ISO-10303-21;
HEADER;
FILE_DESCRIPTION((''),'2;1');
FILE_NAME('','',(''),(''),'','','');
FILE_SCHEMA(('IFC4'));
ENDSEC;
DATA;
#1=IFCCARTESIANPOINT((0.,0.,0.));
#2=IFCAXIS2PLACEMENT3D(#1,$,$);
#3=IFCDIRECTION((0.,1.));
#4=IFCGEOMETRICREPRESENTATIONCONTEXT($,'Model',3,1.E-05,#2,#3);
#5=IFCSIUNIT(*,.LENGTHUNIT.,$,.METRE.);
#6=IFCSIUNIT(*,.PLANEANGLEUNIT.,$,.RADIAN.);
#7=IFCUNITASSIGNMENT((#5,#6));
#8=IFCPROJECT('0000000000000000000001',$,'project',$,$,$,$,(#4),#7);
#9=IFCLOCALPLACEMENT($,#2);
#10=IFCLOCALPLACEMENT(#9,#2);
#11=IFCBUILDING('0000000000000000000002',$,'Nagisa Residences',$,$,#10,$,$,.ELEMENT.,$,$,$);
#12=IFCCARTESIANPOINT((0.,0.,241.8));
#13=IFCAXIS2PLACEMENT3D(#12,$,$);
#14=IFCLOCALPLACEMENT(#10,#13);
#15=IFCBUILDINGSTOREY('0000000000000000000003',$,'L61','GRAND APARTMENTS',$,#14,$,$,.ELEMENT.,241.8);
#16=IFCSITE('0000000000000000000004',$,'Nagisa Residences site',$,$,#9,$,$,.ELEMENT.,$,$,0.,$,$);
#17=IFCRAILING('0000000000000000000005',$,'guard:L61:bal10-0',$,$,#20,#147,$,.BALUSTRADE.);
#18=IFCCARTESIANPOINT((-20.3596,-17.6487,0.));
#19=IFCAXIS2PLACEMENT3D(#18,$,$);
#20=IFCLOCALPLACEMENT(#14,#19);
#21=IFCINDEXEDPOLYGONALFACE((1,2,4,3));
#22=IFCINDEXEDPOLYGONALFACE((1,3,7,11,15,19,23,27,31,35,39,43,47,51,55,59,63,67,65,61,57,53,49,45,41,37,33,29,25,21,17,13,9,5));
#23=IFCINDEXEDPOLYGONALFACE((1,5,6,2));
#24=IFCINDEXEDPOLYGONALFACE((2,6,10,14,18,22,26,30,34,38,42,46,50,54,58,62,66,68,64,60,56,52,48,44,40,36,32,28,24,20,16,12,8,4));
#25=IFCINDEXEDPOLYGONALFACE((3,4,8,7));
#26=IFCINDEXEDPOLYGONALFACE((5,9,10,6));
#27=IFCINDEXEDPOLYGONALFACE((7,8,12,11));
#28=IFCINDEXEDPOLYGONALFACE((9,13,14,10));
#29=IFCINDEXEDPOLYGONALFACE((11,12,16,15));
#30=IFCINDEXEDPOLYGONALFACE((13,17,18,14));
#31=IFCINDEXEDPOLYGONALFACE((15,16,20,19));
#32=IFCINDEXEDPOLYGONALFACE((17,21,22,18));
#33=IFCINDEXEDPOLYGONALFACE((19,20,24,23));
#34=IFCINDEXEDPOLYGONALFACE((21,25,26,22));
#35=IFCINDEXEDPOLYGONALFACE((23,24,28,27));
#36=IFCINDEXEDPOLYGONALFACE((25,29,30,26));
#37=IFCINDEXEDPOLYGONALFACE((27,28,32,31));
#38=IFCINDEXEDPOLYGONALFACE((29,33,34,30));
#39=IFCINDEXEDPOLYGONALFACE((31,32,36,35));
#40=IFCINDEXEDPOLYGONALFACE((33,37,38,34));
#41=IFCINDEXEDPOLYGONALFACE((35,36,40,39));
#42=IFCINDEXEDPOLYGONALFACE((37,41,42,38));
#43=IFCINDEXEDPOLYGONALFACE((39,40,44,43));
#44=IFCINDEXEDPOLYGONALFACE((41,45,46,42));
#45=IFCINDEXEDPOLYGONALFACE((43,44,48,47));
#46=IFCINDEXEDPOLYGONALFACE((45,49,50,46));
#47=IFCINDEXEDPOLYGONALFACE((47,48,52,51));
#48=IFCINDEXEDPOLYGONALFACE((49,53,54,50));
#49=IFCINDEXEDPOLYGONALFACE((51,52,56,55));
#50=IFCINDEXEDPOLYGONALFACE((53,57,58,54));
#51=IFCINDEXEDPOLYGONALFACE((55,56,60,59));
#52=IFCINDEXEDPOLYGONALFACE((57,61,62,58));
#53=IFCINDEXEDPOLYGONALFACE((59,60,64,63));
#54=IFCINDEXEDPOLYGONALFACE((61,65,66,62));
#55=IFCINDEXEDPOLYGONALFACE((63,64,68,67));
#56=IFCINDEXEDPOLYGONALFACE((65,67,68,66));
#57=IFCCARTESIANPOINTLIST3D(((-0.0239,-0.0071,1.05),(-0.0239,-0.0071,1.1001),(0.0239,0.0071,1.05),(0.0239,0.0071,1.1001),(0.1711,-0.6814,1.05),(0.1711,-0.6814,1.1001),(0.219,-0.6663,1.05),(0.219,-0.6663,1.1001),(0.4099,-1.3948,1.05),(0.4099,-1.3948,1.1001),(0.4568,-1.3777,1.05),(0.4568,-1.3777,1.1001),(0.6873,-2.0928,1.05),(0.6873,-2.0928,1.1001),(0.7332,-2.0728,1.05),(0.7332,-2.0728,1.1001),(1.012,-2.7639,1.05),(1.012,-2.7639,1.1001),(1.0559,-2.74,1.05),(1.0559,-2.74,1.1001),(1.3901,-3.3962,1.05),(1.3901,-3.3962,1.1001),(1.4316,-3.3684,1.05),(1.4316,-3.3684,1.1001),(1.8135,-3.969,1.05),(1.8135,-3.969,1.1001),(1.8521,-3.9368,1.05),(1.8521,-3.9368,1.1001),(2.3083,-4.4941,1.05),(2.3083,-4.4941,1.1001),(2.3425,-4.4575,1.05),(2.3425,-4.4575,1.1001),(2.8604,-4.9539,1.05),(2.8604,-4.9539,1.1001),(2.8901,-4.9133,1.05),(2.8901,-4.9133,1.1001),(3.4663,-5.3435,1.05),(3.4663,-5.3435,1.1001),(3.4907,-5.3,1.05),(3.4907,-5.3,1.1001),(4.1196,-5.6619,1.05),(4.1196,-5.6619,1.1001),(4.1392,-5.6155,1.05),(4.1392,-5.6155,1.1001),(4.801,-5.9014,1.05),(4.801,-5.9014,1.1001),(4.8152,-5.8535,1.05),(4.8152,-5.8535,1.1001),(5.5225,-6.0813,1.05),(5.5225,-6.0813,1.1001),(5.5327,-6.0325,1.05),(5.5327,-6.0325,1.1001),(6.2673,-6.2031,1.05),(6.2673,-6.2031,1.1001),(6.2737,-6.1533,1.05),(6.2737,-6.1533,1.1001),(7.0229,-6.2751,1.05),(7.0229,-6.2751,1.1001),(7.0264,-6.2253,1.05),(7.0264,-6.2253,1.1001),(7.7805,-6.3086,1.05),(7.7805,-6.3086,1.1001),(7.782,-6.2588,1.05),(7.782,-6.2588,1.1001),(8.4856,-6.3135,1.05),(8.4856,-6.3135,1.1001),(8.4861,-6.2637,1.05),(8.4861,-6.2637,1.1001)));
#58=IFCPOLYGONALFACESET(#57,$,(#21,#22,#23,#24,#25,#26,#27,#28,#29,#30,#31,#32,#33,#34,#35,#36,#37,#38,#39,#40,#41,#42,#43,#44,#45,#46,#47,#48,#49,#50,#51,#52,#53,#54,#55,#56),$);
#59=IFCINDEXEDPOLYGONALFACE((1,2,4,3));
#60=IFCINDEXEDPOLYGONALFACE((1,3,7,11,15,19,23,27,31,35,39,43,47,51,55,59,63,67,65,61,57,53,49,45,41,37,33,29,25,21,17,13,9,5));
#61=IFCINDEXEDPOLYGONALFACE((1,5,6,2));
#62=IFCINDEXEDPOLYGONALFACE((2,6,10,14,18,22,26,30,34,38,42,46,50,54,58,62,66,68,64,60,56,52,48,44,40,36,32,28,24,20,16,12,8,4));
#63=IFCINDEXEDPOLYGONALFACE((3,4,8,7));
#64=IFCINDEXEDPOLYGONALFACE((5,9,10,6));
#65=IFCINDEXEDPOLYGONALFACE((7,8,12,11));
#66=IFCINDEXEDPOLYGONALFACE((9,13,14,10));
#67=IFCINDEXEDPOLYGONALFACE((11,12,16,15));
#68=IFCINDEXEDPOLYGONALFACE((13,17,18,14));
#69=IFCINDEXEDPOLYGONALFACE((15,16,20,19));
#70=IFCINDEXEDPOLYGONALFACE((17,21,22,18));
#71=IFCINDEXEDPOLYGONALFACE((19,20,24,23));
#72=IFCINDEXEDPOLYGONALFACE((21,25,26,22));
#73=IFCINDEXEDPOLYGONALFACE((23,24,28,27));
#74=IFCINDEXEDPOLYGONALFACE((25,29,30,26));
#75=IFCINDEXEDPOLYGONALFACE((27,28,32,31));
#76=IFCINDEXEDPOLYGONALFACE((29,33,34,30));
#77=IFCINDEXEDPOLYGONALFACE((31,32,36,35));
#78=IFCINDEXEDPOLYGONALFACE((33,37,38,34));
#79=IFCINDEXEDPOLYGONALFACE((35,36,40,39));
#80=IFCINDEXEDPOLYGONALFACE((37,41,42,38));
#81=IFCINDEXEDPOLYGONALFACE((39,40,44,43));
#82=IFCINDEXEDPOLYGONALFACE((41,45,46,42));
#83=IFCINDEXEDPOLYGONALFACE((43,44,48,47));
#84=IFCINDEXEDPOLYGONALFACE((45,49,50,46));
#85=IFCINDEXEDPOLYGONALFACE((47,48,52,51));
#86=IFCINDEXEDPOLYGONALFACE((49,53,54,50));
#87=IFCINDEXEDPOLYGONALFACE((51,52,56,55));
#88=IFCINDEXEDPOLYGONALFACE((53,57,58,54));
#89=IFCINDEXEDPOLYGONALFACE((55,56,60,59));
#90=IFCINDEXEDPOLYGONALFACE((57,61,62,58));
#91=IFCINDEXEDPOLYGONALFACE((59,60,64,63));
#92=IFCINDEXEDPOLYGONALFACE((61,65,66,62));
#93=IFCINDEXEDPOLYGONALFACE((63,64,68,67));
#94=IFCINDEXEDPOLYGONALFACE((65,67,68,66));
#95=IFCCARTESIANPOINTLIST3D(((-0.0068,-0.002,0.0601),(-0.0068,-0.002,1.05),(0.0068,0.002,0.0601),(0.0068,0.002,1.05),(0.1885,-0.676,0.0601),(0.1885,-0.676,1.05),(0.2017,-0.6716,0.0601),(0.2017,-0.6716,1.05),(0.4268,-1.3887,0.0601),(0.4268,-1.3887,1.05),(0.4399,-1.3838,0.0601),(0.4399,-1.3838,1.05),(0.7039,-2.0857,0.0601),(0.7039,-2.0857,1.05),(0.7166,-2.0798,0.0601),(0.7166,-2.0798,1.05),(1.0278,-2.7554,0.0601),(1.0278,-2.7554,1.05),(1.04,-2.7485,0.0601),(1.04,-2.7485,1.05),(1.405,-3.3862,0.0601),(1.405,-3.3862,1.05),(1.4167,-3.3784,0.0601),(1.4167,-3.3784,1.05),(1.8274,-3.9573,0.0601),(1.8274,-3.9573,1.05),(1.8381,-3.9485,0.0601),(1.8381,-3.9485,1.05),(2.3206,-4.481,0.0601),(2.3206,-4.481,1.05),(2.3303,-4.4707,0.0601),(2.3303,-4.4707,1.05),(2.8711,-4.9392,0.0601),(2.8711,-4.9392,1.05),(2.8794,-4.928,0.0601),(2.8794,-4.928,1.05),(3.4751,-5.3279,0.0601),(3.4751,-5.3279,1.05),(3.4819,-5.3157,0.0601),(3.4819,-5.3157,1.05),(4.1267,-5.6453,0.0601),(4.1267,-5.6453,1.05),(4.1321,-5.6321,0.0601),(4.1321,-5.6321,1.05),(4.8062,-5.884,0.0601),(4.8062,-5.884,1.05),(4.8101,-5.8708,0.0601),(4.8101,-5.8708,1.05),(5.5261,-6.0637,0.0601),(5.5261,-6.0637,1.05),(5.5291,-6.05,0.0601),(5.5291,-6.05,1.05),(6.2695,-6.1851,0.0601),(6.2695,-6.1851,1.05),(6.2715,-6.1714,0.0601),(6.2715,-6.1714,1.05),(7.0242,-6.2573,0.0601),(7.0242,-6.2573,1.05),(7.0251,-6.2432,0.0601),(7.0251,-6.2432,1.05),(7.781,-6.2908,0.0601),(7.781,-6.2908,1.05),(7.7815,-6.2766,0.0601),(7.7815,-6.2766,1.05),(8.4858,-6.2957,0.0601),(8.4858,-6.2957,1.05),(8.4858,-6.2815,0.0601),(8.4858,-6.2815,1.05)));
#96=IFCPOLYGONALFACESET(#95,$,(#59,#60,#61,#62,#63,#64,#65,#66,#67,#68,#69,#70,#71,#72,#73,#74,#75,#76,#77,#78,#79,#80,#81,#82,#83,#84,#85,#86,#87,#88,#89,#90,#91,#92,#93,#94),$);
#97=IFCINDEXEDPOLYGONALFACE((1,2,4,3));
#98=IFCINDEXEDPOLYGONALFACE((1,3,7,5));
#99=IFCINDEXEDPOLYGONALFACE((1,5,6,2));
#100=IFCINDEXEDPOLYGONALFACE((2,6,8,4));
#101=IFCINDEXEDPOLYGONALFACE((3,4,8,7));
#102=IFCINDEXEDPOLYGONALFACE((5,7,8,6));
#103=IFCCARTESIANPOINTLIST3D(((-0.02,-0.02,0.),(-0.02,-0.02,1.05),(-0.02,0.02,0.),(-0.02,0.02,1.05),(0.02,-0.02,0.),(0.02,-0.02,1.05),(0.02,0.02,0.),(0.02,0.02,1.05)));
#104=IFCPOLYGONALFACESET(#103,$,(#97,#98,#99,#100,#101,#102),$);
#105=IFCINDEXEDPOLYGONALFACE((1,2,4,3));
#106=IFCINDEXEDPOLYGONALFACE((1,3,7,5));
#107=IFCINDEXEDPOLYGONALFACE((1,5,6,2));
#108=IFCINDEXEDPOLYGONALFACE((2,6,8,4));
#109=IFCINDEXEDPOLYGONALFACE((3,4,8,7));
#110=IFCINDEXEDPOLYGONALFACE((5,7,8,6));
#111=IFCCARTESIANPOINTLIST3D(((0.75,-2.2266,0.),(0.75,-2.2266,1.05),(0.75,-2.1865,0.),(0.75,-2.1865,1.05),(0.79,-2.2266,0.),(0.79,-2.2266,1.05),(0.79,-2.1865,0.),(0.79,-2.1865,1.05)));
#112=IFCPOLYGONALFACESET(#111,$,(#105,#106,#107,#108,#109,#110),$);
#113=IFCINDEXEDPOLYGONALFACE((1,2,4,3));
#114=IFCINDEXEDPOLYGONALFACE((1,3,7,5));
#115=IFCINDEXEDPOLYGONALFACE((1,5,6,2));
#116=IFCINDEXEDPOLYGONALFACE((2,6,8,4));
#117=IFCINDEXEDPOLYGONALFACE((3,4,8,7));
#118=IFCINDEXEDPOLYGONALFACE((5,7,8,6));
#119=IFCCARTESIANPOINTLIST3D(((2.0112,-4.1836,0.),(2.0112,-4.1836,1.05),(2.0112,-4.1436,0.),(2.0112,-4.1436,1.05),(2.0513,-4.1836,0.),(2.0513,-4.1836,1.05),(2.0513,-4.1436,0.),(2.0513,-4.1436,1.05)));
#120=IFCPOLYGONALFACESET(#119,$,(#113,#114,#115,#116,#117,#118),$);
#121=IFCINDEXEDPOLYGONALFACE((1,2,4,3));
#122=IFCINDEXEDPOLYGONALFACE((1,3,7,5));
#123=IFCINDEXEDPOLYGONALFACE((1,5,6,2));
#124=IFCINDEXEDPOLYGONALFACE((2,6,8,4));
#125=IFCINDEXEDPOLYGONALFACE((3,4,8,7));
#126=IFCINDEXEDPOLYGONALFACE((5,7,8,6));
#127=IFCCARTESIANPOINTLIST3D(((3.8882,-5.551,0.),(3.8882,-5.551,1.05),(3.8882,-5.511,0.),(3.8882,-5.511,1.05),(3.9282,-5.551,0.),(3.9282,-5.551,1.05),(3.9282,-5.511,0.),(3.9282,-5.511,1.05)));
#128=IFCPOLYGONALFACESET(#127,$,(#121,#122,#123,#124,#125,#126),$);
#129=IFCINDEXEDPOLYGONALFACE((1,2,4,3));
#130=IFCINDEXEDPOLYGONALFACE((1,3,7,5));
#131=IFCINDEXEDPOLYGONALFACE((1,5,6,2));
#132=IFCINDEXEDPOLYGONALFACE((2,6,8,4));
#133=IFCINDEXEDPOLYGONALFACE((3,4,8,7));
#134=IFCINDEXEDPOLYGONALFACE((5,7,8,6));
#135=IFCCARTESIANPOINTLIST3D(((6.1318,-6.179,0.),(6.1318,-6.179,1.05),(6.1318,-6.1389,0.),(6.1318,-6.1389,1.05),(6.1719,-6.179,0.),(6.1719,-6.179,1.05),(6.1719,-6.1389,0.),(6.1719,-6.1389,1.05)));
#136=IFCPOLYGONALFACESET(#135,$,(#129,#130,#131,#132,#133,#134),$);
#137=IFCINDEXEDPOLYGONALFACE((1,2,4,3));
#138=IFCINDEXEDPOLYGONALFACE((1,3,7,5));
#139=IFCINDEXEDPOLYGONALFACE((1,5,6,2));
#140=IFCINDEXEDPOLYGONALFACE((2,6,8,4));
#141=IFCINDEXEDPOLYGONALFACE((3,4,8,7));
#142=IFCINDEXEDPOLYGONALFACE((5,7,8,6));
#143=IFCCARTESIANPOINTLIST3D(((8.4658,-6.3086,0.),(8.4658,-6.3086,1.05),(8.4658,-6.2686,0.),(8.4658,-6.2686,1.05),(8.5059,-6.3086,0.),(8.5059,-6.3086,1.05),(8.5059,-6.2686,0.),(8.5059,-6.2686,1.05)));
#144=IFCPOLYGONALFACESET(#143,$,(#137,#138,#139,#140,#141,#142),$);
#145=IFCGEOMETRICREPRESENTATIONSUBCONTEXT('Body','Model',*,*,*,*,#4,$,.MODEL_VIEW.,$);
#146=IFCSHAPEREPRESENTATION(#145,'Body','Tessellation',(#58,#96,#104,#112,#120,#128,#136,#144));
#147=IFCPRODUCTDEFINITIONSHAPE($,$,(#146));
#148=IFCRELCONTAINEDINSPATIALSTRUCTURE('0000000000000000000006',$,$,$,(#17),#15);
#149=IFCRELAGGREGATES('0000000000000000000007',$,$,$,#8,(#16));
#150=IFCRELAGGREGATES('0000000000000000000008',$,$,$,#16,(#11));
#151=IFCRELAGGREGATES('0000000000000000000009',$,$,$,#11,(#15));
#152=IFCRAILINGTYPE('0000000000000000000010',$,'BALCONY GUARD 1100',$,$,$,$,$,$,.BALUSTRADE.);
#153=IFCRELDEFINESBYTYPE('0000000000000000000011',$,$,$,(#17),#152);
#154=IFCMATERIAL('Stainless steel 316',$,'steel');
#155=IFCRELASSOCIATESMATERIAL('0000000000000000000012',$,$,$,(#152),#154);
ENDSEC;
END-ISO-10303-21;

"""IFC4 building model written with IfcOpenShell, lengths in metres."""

from ifc_helpers import new_model, si_unit, direction, frame, origin, origin_2d, place, context, subcontext, project, spatial, polyline, rectangle, outline, extrude, material, type_object, element, save


model = new_model("IFC4")

# Units and contexts
model_context = context("Model", 3, precision=1e-05, world=origin(), true_north=direction((0.0, 1.0)))
body_context = subcontext(model_context, "Body", "Model", "MODEL_VIEW")
ifc_project = project(units=[si_unit("LENGTHUNIT", "METRE"), si_unit("PLANEANGLEUNIT", "RADIAN")], contexts=[model_context])

# Site, building, storey
site_placement = place(None, origin())
site = spatial("IfcSite", under=ifc_project, at=site_placement, Name="Nagisa Residences site", CompositionType="ELEMENT", RefElevation=0.0)
building_placement = place(site_placement, origin())
building = spatial("IfcBuilding", under=site, at=building_placement, Name="Nagisa Residences", CompositionType="ELEMENT")
storey_placement = place(building_placement, frame((0.0, 0.0, 241.8)))
storey = spatial("IfcBuildingStorey", under=building, at=storey_placement, Name="L61", Description="GRAND APARTMENTS", CompositionType="ELEMENT", Elevation=241.8)

# Railing
ifc_material_1 = material(Name="Stainless steel 316", Category="steel")
railing_type = type_object("IfcRailingType", Name="BALCONY GUARD 1100", PredefinedType="BALUSTRADE", material=ifc_material_1)
railing_1_placement = place(storey_placement, frame((-20.3596, -17.6487, 0.0)))
element("IfcRailing", 1, at=railing_1_placement, inside=storey, type_object=railing_type, Name="guard:L61:bal10-0", PredefinedType="BALUSTRADE", context=body_context, shape_type="SweptSolid", body=[
    extrude(outline(polyline([(0.219, -0.6663), (0.0239, 0.0071), (-0.0239, -0.0071), (0.1711, -0.6814), (0.4099, -1.3948), (0.6873, -2.0928), (1.012, -2.7639), (1.3901, -3.3962), (1.8135, -3.969), (2.3083, -4.4941), (2.8604, -4.9539), (3.4663, -5.3435), (4.1196, -5.6619), (4.801, -5.9014), (5.5225, -6.0813), (6.2673, -6.2031), (7.0229, -6.2751), (7.7805, -6.3086), (8.4856, -6.3135), (8.4861, -6.2637), (7.782, -6.2588), (7.0264, -6.2253), (6.2737, -6.1533), (5.5327, -6.0325), (4.8152, -5.8535), (4.1392, -5.6155), (3.4907, -5.3), (2.8901, -4.9133), (2.3425, -4.4575), (1.8521, -3.9368), (1.4316, -3.3684), (1.0559, -2.74), (0.7332, -2.0728), (0.4568, -1.3777), (0.219, -0.6663)])), frame((0.0, 0.0, 1.05)), (0.0, 0.0, 1.0), 0.05),
    extrude(outline(polyline([(0.2017, -0.6716), (0.0068, 0.002), (-0.0068, -0.002), (0.1885, -0.676), (0.4268, -1.3887), (0.7039, -2.0857), (1.0278, -2.7554), (1.405, -3.3862), (1.8274, -3.9573), (2.3206, -4.481), (2.8711, -4.9392), (3.4751, -5.3279), (4.1267, -5.6453), (4.8062, -5.884), (5.5261, -6.0637), (6.2695, -6.1851), (7.0242, -6.2573), (7.781, -6.2908), (8.4858, -6.2957), (8.4858, -6.2815), (7.7815, -6.2766), (7.0251, -6.2432), (6.2715, -6.1714), (5.5291, -6.05), (4.8101, -5.8708), (4.1321, -5.6321), (3.4819, -5.3157), (2.8794, -4.928), (2.3303, -4.4707), (1.8381, -3.9485), (1.4167, -3.3784), (1.04, -2.7485), (0.7166, -2.0798), (0.4399, -1.3838), (0.2017, -0.6716)])), frame((0.0, 0.0, 0.0601)), (0.0, 0.0, 1.0), 0.99),
    extrude(rectangle(XDim=0.04, YDim=0.04, at=origin_2d()), origin(), (0.0, 0.0, 1.0), 1.05),
    extrude(rectangle(XDim=0.04, YDim=0.04, at=origin_2d()), frame((0.77, -2.2065, 0.0)), (0.0, 0.0, 1.0), 1.05),
    extrude(rectangle(XDim=0.04, YDim=0.04, at=origin_2d()), frame((2.0312, -4.1636, 0.0)), (0.0, 0.0, 1.0), 1.05),
    extrude(rectangle(XDim=0.04, YDim=0.04, at=origin_2d()), frame((3.9082, -5.531, 0.0)), (0.0, 0.0, 1.0), 1.05),
    extrude(rectangle(XDim=0.04, YDim=0.04, at=origin_2d()), frame((6.1519, -6.1589, 0.0)), (0.0, 0.0, 1.0), 1.05),
    extrude(rectangle(XDim=0.04, YDim=0.04, at=origin_2d()), frame((8.4858, -6.2886, 0.0)), (0.0, 0.0, 1.0), 1.05),
])

save(model, "model.ifc")
